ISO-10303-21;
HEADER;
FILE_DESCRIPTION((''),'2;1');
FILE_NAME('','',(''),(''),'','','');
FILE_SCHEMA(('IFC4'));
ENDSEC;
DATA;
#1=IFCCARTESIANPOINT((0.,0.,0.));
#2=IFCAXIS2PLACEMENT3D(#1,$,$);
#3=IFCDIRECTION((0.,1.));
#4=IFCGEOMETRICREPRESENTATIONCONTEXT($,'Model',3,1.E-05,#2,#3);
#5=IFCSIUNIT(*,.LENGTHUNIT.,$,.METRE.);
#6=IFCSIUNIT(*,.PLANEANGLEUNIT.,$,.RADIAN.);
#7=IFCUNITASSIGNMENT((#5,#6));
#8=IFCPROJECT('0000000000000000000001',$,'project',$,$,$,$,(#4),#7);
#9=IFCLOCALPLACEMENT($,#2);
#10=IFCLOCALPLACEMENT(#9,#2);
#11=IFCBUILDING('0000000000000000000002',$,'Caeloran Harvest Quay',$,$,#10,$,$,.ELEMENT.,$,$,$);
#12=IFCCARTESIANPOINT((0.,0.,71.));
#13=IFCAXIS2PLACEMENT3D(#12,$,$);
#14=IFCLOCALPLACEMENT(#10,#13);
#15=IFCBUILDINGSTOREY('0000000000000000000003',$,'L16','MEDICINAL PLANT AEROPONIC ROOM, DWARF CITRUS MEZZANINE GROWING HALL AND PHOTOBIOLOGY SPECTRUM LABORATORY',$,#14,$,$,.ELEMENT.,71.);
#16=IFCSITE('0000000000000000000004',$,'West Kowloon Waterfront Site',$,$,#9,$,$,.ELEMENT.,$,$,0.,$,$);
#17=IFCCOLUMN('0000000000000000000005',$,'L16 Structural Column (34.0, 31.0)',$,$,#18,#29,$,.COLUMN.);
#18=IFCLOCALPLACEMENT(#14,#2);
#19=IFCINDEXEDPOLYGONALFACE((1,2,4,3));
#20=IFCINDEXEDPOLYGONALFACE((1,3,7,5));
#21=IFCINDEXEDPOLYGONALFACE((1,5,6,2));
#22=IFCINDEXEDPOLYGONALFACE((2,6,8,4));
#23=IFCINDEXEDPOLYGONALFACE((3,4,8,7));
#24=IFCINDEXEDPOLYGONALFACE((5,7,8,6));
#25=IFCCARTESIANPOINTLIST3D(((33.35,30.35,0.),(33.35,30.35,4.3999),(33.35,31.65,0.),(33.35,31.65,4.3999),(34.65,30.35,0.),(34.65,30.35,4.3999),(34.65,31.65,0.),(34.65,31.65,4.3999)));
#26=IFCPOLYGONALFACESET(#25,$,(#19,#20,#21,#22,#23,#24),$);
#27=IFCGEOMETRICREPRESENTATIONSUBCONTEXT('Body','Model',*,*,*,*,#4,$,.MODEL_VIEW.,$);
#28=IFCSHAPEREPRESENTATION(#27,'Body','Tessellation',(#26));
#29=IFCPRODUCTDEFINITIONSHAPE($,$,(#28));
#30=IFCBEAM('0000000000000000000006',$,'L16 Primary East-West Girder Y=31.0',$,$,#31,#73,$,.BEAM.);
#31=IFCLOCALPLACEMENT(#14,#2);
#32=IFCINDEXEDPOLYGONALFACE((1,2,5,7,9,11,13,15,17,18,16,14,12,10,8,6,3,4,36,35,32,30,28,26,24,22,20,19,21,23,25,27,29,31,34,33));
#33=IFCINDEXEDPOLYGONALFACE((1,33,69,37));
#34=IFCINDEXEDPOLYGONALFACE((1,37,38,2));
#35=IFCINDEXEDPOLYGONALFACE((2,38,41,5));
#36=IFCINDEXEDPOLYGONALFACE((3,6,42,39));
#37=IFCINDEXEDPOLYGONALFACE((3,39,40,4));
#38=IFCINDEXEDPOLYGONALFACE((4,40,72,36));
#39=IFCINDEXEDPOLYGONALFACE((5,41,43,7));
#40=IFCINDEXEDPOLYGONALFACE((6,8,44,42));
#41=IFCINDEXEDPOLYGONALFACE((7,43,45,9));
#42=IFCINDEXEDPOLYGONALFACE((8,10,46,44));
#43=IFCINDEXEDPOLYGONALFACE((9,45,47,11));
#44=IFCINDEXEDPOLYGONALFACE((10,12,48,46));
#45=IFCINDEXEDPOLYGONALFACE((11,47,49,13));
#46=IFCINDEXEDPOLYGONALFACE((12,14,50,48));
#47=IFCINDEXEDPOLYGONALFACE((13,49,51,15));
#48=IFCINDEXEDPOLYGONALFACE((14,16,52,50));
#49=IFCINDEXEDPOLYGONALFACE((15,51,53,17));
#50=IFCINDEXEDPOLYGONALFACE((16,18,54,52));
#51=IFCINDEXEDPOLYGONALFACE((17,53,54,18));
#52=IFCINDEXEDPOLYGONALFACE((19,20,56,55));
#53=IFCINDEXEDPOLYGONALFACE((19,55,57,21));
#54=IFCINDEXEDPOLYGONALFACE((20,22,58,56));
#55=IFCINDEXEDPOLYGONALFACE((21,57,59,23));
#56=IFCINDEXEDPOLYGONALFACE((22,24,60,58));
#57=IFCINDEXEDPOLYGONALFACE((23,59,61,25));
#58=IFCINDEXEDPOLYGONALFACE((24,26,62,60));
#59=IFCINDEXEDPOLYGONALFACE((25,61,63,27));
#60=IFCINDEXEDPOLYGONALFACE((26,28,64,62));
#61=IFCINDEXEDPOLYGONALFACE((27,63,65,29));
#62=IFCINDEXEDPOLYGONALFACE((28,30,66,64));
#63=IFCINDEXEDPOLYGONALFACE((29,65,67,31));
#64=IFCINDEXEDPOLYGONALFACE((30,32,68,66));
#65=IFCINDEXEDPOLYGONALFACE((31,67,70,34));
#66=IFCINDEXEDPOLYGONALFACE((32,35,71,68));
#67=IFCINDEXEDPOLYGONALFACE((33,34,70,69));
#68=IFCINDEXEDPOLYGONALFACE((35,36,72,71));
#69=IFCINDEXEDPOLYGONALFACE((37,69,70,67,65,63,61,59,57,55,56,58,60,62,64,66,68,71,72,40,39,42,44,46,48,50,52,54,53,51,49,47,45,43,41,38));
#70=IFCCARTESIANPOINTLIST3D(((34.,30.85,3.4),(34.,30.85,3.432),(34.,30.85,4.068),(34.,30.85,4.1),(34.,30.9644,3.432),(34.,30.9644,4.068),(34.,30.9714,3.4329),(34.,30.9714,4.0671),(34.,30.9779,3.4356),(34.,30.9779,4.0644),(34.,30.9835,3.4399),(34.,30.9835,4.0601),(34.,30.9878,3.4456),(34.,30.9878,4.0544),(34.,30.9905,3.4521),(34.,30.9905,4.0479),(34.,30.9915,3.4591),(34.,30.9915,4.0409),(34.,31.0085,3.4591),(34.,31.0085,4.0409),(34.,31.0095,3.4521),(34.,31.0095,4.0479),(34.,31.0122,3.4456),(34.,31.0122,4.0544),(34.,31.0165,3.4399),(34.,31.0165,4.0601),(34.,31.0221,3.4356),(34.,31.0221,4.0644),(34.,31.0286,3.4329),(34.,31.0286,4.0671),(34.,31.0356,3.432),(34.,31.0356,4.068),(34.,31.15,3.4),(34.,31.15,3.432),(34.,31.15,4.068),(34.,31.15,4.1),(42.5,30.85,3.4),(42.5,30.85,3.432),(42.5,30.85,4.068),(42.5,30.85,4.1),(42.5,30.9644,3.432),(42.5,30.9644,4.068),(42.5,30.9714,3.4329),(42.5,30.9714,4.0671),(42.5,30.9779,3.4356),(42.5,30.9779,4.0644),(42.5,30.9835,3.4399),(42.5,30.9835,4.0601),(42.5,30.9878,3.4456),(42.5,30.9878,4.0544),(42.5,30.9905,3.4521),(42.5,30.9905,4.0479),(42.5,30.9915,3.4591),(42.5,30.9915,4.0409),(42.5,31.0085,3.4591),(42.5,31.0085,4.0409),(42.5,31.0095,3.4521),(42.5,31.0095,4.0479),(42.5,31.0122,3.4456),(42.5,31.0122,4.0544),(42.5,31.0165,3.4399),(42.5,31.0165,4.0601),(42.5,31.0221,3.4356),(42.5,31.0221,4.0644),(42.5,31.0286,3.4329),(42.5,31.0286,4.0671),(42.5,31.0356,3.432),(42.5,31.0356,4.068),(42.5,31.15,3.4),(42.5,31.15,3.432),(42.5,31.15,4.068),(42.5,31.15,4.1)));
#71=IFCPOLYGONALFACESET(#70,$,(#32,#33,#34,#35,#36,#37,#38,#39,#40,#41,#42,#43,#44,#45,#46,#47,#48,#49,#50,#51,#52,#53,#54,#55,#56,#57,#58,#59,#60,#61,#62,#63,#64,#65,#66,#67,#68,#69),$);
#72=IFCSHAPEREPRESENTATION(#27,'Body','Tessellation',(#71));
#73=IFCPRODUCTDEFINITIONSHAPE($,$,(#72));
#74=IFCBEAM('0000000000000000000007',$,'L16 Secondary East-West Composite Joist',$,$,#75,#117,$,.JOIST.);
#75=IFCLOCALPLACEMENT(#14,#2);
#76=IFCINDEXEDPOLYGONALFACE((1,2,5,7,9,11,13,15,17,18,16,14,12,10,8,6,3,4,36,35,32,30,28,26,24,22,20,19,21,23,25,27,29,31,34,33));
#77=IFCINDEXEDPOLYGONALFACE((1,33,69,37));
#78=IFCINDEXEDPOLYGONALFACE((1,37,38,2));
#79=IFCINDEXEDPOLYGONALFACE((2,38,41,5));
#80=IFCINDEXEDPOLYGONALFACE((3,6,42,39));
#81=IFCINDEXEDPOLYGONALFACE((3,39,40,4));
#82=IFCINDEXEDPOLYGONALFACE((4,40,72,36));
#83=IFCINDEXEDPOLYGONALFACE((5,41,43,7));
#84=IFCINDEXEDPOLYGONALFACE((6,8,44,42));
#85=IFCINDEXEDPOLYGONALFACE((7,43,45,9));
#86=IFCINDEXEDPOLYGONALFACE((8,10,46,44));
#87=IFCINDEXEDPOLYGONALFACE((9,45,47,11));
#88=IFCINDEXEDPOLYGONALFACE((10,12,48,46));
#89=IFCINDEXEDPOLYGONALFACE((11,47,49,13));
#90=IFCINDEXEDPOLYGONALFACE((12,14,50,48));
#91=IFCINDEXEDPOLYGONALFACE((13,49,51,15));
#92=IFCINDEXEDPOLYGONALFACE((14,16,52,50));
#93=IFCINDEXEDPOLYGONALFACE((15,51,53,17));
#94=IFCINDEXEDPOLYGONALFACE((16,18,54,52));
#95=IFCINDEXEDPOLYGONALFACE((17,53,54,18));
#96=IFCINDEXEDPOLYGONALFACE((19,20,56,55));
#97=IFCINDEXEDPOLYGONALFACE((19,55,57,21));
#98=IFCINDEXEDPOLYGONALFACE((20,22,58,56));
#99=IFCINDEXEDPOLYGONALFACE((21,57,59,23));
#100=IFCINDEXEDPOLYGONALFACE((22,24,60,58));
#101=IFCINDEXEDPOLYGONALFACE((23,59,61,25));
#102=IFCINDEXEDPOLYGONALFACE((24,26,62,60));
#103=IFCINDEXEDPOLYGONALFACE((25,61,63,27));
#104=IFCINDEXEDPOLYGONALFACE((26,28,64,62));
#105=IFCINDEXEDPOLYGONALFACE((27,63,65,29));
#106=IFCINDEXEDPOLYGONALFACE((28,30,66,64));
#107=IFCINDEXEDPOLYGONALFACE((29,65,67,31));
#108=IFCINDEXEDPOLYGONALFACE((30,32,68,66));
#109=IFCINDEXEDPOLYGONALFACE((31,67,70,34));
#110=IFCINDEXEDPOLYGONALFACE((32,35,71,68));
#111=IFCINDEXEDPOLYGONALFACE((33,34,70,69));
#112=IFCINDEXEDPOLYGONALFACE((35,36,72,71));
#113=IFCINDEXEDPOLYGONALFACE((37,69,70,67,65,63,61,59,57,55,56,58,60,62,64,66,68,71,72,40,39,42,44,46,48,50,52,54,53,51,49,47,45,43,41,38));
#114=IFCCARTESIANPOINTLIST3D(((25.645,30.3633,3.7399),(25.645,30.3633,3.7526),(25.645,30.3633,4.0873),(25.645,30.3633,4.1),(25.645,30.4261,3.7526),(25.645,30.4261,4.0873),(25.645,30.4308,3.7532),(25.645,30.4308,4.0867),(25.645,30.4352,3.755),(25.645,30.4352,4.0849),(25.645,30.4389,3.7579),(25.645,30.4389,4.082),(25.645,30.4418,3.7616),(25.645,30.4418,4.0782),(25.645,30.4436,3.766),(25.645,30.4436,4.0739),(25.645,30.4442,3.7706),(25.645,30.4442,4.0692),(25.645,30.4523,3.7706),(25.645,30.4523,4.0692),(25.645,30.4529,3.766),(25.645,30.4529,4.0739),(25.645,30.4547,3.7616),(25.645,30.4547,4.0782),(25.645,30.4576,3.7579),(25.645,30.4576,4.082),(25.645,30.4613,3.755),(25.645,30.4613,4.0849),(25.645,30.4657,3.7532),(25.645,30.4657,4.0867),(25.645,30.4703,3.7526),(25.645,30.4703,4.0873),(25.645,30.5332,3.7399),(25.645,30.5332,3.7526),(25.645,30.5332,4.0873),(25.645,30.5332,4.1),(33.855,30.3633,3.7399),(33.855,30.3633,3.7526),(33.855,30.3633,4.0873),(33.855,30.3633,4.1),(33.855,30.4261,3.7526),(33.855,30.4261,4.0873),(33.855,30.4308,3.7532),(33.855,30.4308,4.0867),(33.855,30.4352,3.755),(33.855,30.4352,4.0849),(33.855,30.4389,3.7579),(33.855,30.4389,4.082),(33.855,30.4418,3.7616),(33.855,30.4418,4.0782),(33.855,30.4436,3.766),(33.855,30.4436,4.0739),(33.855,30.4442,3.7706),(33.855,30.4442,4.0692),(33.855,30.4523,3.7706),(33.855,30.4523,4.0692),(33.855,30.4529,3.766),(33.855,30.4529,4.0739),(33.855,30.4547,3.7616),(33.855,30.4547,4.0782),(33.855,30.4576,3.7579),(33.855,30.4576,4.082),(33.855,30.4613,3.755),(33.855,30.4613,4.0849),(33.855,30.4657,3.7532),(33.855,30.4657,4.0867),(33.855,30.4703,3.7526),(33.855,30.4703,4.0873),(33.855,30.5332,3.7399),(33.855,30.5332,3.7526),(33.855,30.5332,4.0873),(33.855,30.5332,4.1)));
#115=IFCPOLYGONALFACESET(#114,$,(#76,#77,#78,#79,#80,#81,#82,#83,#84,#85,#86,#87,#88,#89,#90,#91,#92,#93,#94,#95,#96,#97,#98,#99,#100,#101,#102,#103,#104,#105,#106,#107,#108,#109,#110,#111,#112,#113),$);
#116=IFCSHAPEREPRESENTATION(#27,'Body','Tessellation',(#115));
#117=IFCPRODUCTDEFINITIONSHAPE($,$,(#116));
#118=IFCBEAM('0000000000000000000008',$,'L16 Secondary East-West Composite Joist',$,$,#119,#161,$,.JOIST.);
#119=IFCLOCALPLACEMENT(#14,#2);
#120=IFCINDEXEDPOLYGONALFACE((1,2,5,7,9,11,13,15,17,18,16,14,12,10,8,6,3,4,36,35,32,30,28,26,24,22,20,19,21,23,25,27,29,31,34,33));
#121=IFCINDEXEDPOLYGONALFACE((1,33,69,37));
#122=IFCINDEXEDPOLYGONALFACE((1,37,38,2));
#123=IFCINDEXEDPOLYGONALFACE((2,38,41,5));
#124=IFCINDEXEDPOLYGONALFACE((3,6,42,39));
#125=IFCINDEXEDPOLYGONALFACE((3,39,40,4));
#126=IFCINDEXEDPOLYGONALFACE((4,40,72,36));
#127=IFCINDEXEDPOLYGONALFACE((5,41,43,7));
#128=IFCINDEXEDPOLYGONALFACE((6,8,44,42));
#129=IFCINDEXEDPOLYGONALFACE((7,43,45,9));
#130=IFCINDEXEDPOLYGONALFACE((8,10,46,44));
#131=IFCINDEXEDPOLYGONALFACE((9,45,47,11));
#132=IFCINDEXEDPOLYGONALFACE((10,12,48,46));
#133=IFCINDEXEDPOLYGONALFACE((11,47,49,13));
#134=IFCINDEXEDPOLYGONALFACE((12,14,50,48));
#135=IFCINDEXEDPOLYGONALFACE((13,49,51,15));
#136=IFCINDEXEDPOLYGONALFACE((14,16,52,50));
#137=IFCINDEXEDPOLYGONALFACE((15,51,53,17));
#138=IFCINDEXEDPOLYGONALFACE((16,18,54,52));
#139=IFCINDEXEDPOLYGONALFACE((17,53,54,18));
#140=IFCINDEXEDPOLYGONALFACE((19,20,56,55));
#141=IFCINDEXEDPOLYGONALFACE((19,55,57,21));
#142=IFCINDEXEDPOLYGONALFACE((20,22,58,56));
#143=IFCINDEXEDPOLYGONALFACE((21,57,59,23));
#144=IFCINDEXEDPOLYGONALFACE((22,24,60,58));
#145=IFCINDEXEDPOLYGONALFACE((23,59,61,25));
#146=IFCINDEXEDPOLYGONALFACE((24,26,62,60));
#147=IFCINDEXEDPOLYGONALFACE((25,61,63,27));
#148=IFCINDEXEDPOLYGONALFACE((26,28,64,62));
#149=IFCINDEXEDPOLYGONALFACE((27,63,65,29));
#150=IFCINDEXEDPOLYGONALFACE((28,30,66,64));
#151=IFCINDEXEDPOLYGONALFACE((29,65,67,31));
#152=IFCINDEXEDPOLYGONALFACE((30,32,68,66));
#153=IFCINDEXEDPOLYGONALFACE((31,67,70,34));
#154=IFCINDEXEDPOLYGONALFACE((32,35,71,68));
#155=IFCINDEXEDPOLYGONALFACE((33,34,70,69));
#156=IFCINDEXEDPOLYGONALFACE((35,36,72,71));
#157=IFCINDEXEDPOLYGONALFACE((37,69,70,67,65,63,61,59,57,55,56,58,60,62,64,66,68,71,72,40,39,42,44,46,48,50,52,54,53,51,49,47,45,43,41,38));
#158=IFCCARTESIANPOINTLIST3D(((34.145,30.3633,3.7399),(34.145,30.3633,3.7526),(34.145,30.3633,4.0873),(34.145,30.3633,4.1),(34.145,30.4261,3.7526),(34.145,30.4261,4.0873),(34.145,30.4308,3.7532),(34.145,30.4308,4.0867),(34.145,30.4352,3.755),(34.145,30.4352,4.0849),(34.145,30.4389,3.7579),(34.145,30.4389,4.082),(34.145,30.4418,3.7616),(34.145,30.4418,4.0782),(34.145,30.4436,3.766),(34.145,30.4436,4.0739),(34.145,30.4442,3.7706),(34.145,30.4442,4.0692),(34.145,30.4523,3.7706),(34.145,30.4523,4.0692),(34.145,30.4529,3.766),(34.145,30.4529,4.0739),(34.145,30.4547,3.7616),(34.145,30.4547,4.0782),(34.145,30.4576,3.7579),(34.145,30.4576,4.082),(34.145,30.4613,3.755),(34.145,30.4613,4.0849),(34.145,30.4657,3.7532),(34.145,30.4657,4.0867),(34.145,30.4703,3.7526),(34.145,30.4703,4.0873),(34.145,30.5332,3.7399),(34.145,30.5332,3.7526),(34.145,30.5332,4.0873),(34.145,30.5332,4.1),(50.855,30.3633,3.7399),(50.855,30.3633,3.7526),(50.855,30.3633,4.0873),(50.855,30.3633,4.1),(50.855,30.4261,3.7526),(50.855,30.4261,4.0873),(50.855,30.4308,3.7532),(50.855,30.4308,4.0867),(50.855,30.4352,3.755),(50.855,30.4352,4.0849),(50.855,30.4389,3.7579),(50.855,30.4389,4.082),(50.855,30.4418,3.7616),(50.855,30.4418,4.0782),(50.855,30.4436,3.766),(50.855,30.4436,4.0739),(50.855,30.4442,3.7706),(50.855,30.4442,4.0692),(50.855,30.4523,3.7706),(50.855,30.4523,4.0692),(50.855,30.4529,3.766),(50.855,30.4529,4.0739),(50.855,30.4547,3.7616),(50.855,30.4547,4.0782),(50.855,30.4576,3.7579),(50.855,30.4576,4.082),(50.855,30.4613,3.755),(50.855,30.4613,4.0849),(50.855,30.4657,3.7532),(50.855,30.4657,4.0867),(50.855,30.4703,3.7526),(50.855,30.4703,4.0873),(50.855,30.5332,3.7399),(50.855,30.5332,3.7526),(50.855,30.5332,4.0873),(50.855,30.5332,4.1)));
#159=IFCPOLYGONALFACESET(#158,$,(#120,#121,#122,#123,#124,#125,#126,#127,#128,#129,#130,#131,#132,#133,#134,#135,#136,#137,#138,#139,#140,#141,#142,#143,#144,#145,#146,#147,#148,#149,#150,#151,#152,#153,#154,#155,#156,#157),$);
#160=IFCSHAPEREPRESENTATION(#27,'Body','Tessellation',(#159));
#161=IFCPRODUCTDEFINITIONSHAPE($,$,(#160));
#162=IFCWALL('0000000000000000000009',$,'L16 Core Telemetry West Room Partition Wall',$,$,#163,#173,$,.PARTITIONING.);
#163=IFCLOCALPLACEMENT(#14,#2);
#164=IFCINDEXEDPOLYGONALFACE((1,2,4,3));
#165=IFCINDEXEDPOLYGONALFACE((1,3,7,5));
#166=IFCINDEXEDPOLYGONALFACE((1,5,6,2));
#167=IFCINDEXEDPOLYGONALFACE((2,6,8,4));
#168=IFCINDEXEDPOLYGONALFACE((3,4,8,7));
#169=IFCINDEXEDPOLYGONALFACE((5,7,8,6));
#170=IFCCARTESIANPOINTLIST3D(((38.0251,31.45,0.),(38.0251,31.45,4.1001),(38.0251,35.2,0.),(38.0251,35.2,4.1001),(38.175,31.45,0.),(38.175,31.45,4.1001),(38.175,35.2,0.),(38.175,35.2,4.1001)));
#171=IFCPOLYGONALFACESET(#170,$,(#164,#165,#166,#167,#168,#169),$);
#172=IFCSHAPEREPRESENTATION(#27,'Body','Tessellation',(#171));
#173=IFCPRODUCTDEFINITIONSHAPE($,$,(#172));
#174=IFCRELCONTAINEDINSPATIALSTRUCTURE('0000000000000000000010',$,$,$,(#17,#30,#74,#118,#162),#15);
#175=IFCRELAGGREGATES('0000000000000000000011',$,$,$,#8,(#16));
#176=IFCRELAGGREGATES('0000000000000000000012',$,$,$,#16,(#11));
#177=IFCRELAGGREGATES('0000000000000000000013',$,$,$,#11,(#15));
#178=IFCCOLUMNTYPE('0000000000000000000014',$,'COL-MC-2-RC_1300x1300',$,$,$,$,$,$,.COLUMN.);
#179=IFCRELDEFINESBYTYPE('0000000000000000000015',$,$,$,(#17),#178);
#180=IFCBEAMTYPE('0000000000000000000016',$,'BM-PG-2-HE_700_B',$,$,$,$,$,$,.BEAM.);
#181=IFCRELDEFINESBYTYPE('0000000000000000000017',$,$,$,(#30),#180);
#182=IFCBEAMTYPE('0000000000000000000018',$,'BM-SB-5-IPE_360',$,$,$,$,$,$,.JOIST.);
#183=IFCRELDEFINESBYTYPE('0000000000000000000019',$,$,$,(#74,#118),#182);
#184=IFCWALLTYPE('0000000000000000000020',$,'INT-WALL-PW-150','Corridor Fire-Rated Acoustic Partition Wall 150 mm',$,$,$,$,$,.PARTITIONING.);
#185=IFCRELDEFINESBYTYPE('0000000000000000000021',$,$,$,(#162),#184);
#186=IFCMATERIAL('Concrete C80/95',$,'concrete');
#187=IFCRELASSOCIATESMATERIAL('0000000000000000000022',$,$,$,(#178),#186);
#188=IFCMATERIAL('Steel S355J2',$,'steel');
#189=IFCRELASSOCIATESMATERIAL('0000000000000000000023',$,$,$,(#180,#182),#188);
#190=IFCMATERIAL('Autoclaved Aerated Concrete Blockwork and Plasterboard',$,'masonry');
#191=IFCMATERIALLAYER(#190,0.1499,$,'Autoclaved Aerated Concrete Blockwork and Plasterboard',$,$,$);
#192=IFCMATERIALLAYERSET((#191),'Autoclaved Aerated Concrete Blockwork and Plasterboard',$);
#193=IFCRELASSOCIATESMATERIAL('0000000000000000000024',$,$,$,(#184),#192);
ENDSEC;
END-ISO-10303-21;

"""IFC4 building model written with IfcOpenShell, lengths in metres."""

from ifc_helpers import new_model, si_unit, direction, frame, frame_2d, origin, origin_2d, place, context, subcontext, project, spatial, rectangle, i_section, extrude, material, layer, layer_set, material_profile, profile_set, type_object, element, save


model = new_model("IFC4")

# Units and contexts
model_context = context("Model", 3, precision=1e-05, world=origin(), true_north=direction((0.0, 1.0)))
body_context = subcontext(model_context, "Body", "Model", "MODEL_VIEW")
ifc_project = project(units=[si_unit("LENGTHUNIT", "METRE"), si_unit("PLANEANGLEUNIT", "RADIAN")], contexts=[model_context])

# Site, building, storey
site_placement = place(None, origin())
site = spatial("IfcSite", under=ifc_project, at=site_placement, Name="West Kowloon Waterfront Site", CompositionType="ELEMENT", RefElevation=0.0)
building_placement = place(site_placement, origin())
building = spatial("IfcBuilding", under=site, at=building_placement, Name="Caeloran Harvest Quay", CompositionType="ELEMENT")
storey_placement = place(building_placement, frame((0.0, 0.0, 71.0)))
storey = spatial("IfcBuildingStorey", under=building, at=storey_placement, Name="L16", Description="MEDICINAL PLANT AEROPONIC ROOM, DWARF CITRUS MEZZANINE GROWING HALL AND PHOTOBIOLOGY SPECTRUM LABORATORY", CompositionType="ELEMENT", Elevation=71.0)

# Column
ifc_material_1 = material(Name="Concrete C80/95", Category="concrete")
ifc_material_profile_1 = material_profile(ifc_material_1, rectangle(XDim=1.3, YDim=1.3, at=origin_2d()), Name="RC 1300x1300")
ifc_profile_set_1 = profile_set([ifc_material_profile_1], Name="Concrete C80/95")
column_type = type_object("IfcColumnType", Name="COL-MC-2-RC_1300x1300", PredefinedType="COLUMN", material=ifc_profile_set_1)
column_placement = place(storey_placement, frame((34.0, 31.0, 0.0), z_axis=(0.0, 0.0, 1.0), x_axis=(1.0, 0.0, 0.0)))
element("IfcColumn", 1, at=column_placement, inside=storey, type_object=column_type, Name="L16 Structural Column (34.0, 31.0)", PredefinedType="COLUMN", context=body_context, shape_type="SweptSolid", body=[
    extrude(rectangle(XDim=1.3, YDim=1.3, at=origin_2d()), origin(), (0.0, 0.0, 1.0), 4.3999),
])

# Beams
ifc_material_2 = material(Name="Steel S355J2", Category="steel")
ifc_material_profile_2 = material_profile(ifc_material_2, i_section(OverallWidth=0.3, OverallDepth=0.7, WebThickness=0.0171, FlangeThickness=0.032, FilletRadius=0.0271, at=origin_2d()), Name="HE 700 B")
ifc_profile_set_2 = profile_set([ifc_material_profile_2], Name="Steel S355J2")
beam_type_1 = type_object("IfcBeamType", Name="BM-PG-2-HE_700_B", PredefinedType="BEAM", material=ifc_profile_set_2)
beam_1_placement = place(storey_placement, frame((34.0, 31.0, 3.75), z_axis=(1.0, 0.0, 0.0), x_axis=(0.0, 1.0, 0.0)))
element("IfcBeam", 2, at=beam_1_placement, inside=storey, type_object=beam_type_1, Name="L16 Primary East-West Girder Y=31.0", PredefinedType="BEAM", context=body_context, shape_type="SweptSolid", body=[
    extrude(i_section(OverallWidth=0.3, OverallDepth=0.7, WebThickness=0.0171, FlangeThickness=0.032, FilletRadius=0.0271, at=origin_2d()), origin(), (0.0, 0.0, 1.0), 8.5),
])
ifc_material_profile_3 = material_profile(ifc_material_2, i_section(OverallWidth=0.1699, OverallDepth=0.3601, WebThickness=0.0081, FlangeThickness=0.0127, FilletRadius=0.0181, at=origin_2d()), Name="IPE 360")
ifc_profile_set_3 = profile_set([ifc_material_profile_3], Name="Steel S355J2")
beam_type_2 = type_object("IfcBeamType", Name="BM-SB-5-IPE_360", PredefinedType="JOIST", material=ifc_profile_set_3)
beam_2_placement = place(storey_placement, frame((25.645, 30.4482, 3.9199), z_axis=(1.0, 0.0, 0.0), x_axis=(0.0, 1.0, 0.0)))
element("IfcBeam", 3, at=beam_2_placement, inside=storey, type_object=beam_type_2, Name="L16 Secondary East-West Composite Joist", PredefinedType="JOIST", context=body_context, shape_type="SweptSolid", body=[
    extrude(i_section(OverallWidth=0.1699, OverallDepth=0.3601, WebThickness=0.0081, FlangeThickness=0.0127, FilletRadius=0.0181, at=origin_2d()), origin(), (0.0, 0.0, 1.0), 8.21),
])
beam_3_placement = place(storey_placement, frame((34.145, 30.4482, 3.9199), z_axis=(1.0, 0.0, 0.0), x_axis=(0.0, 1.0, 0.0)))
element("IfcBeam", 4, at=beam_3_placement, inside=storey, type_object=beam_type_2, Name="L16 Secondary East-West Composite Joist", PredefinedType="JOIST", context=body_context, shape_type="SweptSolid", body=[
    extrude(i_section(OverallWidth=0.1699, OverallDepth=0.3601, WebThickness=0.0081, FlangeThickness=0.0127, FilletRadius=0.0181, at=origin_2d()), origin(), (0.0, 0.0, 1.0), 16.71),
])

# Wall
ifc_material_3 = material(Name="Autoclaved Aerated Concrete Blockwork and Plasterboard", Category="masonry")
ifc_layer_1 = layer(ifc_material_3, 0.1499, Name="Autoclaved Aerated Concrete Blockwork and Plasterboard")
ifc_layer_set_1 = layer_set([ifc_layer_1], Name="Autoclaved Aerated Concrete Blockwork and Plasterboard")
wall_type_1 = type_object("IfcWallType", Name="INT-WALL-PW-150", Description="Corridor Fire-Rated Acoustic Partition Wall 150 mm", PredefinedType="PARTITIONING", material=ifc_layer_set_1)
wall_1_placement = place(storey_placement, frame((38.1001, 35.2, 0.0), z_axis=(0.0, 0.0, 1.0), x_axis=(0.0, -1.0, 0.0)))
element("IfcWall", 5, at=wall_1_placement, inside=storey, type_object=wall_type_1, Name="L16 Core Telemetry West Room Partition Wall", PredefinedType="PARTITIONING", context=body_context, shape_type="SweptSolid", body=[
    extrude(rectangle(XDim=3.75, YDim=0.1499, at=frame_2d((1.875, 0.0))), origin(), (0.0, 0.0, 1.0), 4.1001),
])

save(model, "model.ifc")
